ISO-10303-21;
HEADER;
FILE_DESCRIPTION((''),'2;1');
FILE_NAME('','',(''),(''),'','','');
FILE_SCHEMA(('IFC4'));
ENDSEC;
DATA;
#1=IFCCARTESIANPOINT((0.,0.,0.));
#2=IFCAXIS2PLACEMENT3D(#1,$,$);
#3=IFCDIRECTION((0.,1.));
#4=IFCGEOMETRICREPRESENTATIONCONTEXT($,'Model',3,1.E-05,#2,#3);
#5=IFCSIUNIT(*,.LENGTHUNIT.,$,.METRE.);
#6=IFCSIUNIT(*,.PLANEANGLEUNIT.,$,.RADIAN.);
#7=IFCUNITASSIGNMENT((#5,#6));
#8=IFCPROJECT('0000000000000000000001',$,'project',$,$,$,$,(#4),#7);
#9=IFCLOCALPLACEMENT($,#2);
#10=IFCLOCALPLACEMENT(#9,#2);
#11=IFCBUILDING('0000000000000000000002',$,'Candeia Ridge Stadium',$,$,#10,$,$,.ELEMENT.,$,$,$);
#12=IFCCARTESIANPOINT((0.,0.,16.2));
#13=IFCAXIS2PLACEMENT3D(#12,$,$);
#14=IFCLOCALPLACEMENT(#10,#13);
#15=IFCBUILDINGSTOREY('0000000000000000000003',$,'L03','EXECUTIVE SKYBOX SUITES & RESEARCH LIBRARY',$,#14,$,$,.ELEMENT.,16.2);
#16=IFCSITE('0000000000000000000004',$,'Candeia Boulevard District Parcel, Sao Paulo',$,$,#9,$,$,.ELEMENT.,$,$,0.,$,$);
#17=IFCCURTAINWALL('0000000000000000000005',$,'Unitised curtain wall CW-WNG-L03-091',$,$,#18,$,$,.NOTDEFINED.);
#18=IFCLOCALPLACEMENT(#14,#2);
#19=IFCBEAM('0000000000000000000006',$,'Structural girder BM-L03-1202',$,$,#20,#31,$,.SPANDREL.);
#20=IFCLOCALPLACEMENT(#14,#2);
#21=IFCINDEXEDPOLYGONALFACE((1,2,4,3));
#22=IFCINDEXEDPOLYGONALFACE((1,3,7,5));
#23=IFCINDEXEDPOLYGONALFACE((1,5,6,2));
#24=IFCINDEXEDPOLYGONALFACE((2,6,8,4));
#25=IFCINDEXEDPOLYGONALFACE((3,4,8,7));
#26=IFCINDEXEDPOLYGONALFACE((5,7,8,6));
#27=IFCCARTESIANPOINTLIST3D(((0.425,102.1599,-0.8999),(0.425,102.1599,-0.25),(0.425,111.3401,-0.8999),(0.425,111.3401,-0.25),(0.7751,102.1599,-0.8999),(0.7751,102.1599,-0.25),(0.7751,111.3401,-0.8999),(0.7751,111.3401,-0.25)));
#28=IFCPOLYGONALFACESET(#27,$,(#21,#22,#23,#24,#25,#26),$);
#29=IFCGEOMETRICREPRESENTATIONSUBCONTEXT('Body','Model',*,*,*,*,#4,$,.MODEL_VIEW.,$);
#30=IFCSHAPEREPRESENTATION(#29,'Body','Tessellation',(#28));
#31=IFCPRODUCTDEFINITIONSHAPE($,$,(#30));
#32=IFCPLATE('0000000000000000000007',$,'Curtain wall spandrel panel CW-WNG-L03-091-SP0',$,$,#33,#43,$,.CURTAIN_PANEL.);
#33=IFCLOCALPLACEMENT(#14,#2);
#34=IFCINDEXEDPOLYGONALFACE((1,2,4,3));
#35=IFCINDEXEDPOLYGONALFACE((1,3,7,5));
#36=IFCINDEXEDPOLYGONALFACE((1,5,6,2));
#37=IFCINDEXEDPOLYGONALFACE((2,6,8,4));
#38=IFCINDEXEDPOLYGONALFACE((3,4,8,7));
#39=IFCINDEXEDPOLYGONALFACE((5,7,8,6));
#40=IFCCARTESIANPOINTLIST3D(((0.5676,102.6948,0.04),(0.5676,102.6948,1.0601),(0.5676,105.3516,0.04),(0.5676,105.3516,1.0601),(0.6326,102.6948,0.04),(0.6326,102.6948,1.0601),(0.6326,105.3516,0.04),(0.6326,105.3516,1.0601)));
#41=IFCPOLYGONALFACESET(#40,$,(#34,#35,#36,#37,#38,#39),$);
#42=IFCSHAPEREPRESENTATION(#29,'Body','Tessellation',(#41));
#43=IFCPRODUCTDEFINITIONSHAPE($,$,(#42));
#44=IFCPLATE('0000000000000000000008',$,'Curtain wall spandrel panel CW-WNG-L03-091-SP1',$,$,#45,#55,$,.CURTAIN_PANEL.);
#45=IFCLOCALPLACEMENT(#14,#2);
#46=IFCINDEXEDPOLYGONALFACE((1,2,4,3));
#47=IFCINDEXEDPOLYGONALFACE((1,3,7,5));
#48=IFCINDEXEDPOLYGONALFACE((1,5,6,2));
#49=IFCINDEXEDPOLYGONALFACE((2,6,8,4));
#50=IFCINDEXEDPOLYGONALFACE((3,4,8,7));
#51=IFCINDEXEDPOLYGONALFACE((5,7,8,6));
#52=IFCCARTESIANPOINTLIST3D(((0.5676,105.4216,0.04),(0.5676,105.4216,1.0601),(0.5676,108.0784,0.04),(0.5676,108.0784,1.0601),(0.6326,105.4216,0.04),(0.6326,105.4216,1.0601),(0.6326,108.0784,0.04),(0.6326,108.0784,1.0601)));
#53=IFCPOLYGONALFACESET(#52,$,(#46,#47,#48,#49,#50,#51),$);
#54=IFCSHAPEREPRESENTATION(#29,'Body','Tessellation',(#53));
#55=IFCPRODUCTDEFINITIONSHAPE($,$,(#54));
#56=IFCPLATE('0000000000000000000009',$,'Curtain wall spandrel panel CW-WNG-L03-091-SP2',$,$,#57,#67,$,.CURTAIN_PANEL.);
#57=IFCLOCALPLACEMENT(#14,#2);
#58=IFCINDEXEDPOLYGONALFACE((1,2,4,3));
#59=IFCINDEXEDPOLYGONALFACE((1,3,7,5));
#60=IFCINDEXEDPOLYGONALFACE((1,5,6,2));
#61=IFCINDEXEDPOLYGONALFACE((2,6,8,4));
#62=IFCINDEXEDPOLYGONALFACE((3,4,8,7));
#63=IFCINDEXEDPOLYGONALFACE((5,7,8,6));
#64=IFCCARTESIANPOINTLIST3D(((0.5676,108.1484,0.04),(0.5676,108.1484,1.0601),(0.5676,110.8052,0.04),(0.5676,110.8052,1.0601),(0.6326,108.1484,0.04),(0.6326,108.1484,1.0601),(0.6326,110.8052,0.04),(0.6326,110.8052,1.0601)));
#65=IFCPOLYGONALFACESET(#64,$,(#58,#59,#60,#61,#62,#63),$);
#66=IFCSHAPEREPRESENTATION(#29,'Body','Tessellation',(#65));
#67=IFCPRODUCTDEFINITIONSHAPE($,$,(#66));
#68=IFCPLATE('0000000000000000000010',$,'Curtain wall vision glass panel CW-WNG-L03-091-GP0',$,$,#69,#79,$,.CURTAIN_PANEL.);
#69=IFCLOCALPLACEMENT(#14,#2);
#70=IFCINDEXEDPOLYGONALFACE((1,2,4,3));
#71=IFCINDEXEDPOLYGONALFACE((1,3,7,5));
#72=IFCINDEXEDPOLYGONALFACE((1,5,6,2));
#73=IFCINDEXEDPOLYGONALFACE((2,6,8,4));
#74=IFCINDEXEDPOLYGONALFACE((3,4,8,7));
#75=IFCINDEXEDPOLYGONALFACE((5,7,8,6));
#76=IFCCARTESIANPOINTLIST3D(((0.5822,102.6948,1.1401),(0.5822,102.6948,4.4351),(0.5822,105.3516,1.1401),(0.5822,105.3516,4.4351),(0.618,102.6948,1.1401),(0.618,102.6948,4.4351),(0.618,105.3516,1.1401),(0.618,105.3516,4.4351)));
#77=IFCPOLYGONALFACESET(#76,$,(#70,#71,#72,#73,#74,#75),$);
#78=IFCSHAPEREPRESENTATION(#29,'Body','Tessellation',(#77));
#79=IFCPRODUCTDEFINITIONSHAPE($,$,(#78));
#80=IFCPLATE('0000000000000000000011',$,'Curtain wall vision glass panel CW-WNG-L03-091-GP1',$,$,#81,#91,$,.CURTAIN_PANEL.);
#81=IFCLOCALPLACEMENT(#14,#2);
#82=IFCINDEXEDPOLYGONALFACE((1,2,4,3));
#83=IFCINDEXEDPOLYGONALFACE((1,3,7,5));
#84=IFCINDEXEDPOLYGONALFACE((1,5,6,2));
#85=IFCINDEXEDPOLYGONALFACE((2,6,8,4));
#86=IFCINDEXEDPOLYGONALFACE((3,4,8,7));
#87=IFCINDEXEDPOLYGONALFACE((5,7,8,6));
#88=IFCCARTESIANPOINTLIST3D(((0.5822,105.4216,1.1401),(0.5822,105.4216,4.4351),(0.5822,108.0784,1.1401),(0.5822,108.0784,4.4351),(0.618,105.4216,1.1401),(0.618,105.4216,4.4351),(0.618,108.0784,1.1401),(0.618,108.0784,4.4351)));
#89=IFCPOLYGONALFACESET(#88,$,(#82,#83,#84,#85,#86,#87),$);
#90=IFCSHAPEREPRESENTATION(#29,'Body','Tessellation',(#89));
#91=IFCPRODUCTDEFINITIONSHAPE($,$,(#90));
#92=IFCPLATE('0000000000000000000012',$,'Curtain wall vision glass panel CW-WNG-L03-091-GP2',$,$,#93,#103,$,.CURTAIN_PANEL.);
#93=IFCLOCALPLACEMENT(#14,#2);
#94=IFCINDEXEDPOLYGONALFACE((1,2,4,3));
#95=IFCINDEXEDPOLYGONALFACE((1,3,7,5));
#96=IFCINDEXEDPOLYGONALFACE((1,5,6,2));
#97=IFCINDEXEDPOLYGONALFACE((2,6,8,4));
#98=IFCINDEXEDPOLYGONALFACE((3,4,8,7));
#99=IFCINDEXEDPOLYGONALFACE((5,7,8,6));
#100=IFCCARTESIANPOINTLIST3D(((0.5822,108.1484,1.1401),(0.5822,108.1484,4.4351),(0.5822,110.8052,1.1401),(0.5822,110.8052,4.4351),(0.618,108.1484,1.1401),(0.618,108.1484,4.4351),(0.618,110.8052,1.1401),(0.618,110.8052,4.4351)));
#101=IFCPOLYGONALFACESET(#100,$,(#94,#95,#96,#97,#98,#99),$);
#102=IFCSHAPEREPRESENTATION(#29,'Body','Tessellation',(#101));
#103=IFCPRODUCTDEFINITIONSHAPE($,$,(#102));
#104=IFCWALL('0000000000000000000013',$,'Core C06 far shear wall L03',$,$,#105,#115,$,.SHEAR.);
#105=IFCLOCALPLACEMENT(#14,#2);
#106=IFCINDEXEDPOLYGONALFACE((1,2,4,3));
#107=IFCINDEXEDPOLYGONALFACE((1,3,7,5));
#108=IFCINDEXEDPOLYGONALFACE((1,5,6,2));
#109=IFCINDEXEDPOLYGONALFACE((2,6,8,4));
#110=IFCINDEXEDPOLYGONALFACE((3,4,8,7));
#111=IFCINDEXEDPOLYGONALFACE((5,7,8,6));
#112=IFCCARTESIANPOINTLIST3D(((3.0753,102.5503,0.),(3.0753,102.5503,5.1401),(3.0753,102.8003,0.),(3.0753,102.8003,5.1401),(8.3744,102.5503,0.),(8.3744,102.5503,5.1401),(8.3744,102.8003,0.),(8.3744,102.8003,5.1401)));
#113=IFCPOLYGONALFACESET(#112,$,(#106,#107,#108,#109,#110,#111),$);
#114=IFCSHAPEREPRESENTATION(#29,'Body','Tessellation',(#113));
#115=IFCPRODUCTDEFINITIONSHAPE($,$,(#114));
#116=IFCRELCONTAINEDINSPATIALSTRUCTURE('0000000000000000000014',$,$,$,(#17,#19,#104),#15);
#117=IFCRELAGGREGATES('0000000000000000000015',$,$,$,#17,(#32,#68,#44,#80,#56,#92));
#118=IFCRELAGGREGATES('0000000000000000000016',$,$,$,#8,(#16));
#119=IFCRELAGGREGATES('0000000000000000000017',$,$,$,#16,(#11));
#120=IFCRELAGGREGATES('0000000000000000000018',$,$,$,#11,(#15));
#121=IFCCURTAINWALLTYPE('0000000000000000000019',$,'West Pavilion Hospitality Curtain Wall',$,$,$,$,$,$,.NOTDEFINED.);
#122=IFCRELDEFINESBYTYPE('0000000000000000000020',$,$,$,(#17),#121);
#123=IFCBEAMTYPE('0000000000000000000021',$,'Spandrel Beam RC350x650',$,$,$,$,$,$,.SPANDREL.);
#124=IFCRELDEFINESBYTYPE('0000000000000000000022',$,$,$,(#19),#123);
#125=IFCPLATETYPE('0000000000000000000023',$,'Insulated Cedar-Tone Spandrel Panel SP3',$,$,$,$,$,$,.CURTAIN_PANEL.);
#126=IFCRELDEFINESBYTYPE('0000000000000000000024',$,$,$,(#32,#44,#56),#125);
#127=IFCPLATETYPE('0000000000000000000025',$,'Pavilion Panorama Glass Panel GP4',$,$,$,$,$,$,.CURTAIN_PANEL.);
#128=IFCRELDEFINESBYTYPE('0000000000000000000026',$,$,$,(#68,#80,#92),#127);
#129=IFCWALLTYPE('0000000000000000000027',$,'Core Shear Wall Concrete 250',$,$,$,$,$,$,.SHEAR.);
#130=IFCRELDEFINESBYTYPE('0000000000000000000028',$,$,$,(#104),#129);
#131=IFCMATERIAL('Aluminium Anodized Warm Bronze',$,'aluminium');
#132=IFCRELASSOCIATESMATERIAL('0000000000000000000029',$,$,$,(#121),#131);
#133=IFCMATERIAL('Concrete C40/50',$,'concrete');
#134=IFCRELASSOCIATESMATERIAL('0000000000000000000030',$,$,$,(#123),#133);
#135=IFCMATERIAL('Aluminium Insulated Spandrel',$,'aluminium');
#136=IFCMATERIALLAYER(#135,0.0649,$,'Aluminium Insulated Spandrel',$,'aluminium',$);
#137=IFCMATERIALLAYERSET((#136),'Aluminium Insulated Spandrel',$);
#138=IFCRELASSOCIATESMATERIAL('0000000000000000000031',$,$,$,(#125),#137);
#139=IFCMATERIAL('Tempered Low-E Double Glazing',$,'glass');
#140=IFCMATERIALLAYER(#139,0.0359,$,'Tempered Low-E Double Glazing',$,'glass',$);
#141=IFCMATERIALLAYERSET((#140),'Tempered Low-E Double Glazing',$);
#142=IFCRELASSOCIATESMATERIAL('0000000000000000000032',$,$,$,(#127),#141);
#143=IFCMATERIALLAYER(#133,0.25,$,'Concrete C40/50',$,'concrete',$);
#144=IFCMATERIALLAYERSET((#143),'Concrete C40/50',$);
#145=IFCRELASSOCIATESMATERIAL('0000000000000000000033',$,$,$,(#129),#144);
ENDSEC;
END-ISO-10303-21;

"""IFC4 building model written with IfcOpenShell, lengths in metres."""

from ifc_helpers import new_model, si_unit, direction, frame, frame_2d, origin, origin_2d, place, context, subcontext, project, spatial, rectangle, extrude, material, layer, layer_set, material_profile, profile_set, type_object, element, aggregate, save


model = new_model("IFC4")

# Units and contexts
model_context = context("Model", 3, precision=1e-05, world=origin(), true_north=direction((0.0, 1.0)))
body_context = subcontext(model_context, "Body", "Model", "MODEL_VIEW")
ifc_project = project(units=[si_unit("LENGTHUNIT", "METRE"), si_unit("PLANEANGLEUNIT", "RADIAN")], contexts=[model_context])

# Site, building, storey
site_placement = place(None, origin())
site = spatial("IfcSite", under=ifc_project, at=site_placement, Name="Candeia Boulevard District Parcel, Sao Paulo", CompositionType="ELEMENT", RefElevation=0.0)
building_placement = place(site_placement, origin())
building = spatial("IfcBuilding", under=site, at=building_placement, Name="Candeia Ridge Stadium", CompositionType="ELEMENT")
storey_placement = place(building_placement, frame((0.0, 0.0, 16.2)))
storey = spatial("IfcBuildingStorey", under=building, at=storey_placement, Name="L03", Description="EXECUTIVE SKYBOX SUITES & RESEARCH LIBRARY", CompositionType="ELEMENT", Elevation=16.2)

# Shared definitions
ifc_material_1 = material(Name="Concrete C40/50", Category="concrete")

# Curtain wall
ifc_material_2 = material(Name="Aluminium Anodized Warm Bronze", Category="aluminium")
curtain_wall_type = type_object("IfcCurtainWallType", Name="West Pavilion Hospitality Curtain Wall", PredefinedType="NOTDEFINED", material=ifc_material_2)
curtain_wall_placement = place(storey_placement, origin())
curtain_wall = element("IfcCurtainWall", 1, at=curtain_wall_placement, inside=storey, type_object=curtain_wall_type, Name="Unitised curtain wall CW-WNG-L03-091", PredefinedType="NOTDEFINED")

# Beam
ifc_material_profile_1 = material_profile(ifc_material_1, rectangle(XDim=0.3501, YDim=0.6499, at=origin_2d()), Name="RC350x650", Category="concrete")
ifc_profile_set_1 = profile_set([ifc_material_profile_1], Name="Concrete C40/50")
beam_type_1 = type_object("IfcBeamType", Name="Spandrel Beam RC350x650", PredefinedType="SPANDREL", material=ifc_profile_set_1)
beam_1_placement = place(storey_placement, frame((0.6001, 102.1599, -0.575), z_axis=(0.0, 1.0, 0.0), x_axis=(-1.0, 0.0, 0.0)))
element("IfcBeam", 2, at=beam_1_placement, inside=storey, type_object=beam_type_1, Name="Structural girder BM-L03-1202", PredefinedType="SPANDREL", context=body_context, shape_type="SweptSolid", body=[
    extrude(rectangle(XDim=0.3501, YDim=0.6499, at=origin_2d()), origin(), (0.0, 0.0, 1.0), 9.1802),
])

# Plates
ifc_material_3 = material(Name="Aluminium Insulated Spandrel", Category="aluminium")
ifc_layer_1 = layer(ifc_material_3, 0.0649, Name="Aluminium Insulated Spandrel", Category="aluminium")
ifc_layer_set_1 = layer_set([ifc_layer_1], Name="Aluminium Insulated Spandrel")
plate_type_1 = type_object("IfcPlateType", Name="Insulated Cedar-Tone Spandrel Panel SP3", PredefinedType="CURTAIN_PANEL", material=ifc_layer_set_1)
plate_1_placement = place(storey_placement, frame((0.6001, 104.0232, 0.04), z_axis=(0.0, 0.0, 1.0), x_axis=(0.0, 1.0, 0.0)))
plate_1 = element("IfcPlate", 3, at=plate_1_placement, type_object=plate_type_1, Name="Curtain wall spandrel panel CW-WNG-L03-091-SP0", PredefinedType="CURTAIN_PANEL", context=body_context, shape_type="SweptSolid", body=[
    extrude(rectangle(XDim=2.6567, YDim=0.0649, at=origin_2d()), origin(), (0.0, 0.0, 1.0), 1.02),
])
plate_2_placement = place(storey_placement, frame((0.6001, 106.75, 0.04), z_axis=(0.0, 0.0, 1.0), x_axis=(0.0, 1.0, 0.0)))
plate_2 = element("IfcPlate", 4, at=plate_2_placement, type_object=plate_type_1, Name="Curtain wall spandrel panel CW-WNG-L03-091-SP1", PredefinedType="CURTAIN_PANEL", context=body_context, shape_type="SweptSolid", body=[
    extrude(rectangle(XDim=2.6567, YDim=0.0649, at=origin_2d()), origin(), (0.0, 0.0, 1.0), 1.02),
])
plate_3_placement = place(storey_placement, frame((0.6001, 109.4768, 0.04), z_axis=(0.0, 0.0, 1.0), x_axis=(0.0, 1.0, 0.0)))
plate_3 = element("IfcPlate", 5, at=plate_3_placement, type_object=plate_type_1, Name="Curtain wall spandrel panel CW-WNG-L03-091-SP2", PredefinedType="CURTAIN_PANEL", context=body_context, shape_type="SweptSolid", body=[
    extrude(rectangle(XDim=2.6567, YDim=0.0649, at=origin_2d()), origin(), (0.0, 0.0, 1.0), 1.02),
])
ifc_material_4 = material(Name="Tempered Low-E Double Glazing", Category="glass")
ifc_layer_2 = layer(ifc_material_4, 0.0359, Name="Tempered Low-E Double Glazing", Category="glass")
ifc_layer_set_2 = layer_set([ifc_layer_2], Name="Tempered Low-E Double Glazing")
plate_type_2 = type_object("IfcPlateType", Name="Pavilion Panorama Glass Panel GP4", PredefinedType="CURTAIN_PANEL", material=ifc_layer_set_2)
plate_4_placement = place(storey_placement, frame((0.6001, 104.0232, 1.1401), z_axis=(0.0, 0.0, 1.0), x_axis=(0.0, 1.0, 0.0)))
plate_4 = element("IfcPlate", 6, at=plate_4_placement, type_object=plate_type_2, Name="Curtain wall vision glass panel CW-WNG-L03-091-GP0", PredefinedType="CURTAIN_PANEL", context=body_context, shape_type="SweptSolid", body=[
    extrude(rectangle(XDim=2.6567, YDim=0.0359, at=origin_2d()), origin(), (0.0, 0.0, 1.0), 3.2949),
])
plate_5_placement = place(storey_placement, frame((0.6001, 106.75, 1.1401), z_axis=(0.0, 0.0, 1.0), x_axis=(0.0, 1.0, 0.0)))
plate_5 = element("IfcPlate", 7, at=plate_5_placement, type_object=plate_type_2, Name="Curtain wall vision glass panel CW-WNG-L03-091-GP1", PredefinedType="CURTAIN_PANEL", context=body_context, shape_type="SweptSolid", body=[
    extrude(rectangle(XDim=2.6567, YDim=0.0359, at=origin_2d()), origin(), (0.0, 0.0, 1.0), 3.2949),
])
plate_6_placement = place(storey_placement, frame((0.6001, 109.4768, 1.1401), z_axis=(0.0, 0.0, 1.0), x_axis=(0.0, 1.0, 0.0)))
plate_6 = element("IfcPlate", 8, at=plate_6_placement, type_object=plate_type_2, Name="Curtain wall vision glass panel CW-WNG-L03-091-GP2", PredefinedType="CURTAIN_PANEL", context=body_context, shape_type="SweptSolid", body=[
    extrude(rectangle(XDim=2.6567, YDim=0.0359, at=origin_2d()), origin(), (0.0, 0.0, 1.0), 3.2949),
])
aggregate(curtain_wall, [plate_1, plate_4, plate_2, plate_5, plate_3, plate_6])

# Wall
ifc_layer_3 = layer(ifc_material_1, 0.25, Name="Concrete C40/50", Category="concrete")
ifc_layer_set_3 = layer_set([ifc_layer_3], Name="Concrete C40/50")
wall_type = type_object("IfcWallType", Name="Core Shear Wall Concrete 250", PredefinedType="SHEAR", material=ifc_layer_set_3)
wall_placement = place(storey_placement, frame((3.0754, 102.6753, 0.0), z_axis=(0.0, 0.0, 1.0), x_axis=(1.0, 0.0, 0.0)))
element("IfcWall", 9, at=wall_placement, inside=storey, type_object=wall_type, Name="Core C06 far shear wall L03", PredefinedType="SHEAR", context=body_context, shape_type="SweptSolid", body=[
    extrude(rectangle(XDim=5.2991, YDim=0.25, at=frame_2d((2.6494, 0.0))), origin(), (0.0, 0.0, 1.0), 5.1401),
])

save(model, "model.ifc")
